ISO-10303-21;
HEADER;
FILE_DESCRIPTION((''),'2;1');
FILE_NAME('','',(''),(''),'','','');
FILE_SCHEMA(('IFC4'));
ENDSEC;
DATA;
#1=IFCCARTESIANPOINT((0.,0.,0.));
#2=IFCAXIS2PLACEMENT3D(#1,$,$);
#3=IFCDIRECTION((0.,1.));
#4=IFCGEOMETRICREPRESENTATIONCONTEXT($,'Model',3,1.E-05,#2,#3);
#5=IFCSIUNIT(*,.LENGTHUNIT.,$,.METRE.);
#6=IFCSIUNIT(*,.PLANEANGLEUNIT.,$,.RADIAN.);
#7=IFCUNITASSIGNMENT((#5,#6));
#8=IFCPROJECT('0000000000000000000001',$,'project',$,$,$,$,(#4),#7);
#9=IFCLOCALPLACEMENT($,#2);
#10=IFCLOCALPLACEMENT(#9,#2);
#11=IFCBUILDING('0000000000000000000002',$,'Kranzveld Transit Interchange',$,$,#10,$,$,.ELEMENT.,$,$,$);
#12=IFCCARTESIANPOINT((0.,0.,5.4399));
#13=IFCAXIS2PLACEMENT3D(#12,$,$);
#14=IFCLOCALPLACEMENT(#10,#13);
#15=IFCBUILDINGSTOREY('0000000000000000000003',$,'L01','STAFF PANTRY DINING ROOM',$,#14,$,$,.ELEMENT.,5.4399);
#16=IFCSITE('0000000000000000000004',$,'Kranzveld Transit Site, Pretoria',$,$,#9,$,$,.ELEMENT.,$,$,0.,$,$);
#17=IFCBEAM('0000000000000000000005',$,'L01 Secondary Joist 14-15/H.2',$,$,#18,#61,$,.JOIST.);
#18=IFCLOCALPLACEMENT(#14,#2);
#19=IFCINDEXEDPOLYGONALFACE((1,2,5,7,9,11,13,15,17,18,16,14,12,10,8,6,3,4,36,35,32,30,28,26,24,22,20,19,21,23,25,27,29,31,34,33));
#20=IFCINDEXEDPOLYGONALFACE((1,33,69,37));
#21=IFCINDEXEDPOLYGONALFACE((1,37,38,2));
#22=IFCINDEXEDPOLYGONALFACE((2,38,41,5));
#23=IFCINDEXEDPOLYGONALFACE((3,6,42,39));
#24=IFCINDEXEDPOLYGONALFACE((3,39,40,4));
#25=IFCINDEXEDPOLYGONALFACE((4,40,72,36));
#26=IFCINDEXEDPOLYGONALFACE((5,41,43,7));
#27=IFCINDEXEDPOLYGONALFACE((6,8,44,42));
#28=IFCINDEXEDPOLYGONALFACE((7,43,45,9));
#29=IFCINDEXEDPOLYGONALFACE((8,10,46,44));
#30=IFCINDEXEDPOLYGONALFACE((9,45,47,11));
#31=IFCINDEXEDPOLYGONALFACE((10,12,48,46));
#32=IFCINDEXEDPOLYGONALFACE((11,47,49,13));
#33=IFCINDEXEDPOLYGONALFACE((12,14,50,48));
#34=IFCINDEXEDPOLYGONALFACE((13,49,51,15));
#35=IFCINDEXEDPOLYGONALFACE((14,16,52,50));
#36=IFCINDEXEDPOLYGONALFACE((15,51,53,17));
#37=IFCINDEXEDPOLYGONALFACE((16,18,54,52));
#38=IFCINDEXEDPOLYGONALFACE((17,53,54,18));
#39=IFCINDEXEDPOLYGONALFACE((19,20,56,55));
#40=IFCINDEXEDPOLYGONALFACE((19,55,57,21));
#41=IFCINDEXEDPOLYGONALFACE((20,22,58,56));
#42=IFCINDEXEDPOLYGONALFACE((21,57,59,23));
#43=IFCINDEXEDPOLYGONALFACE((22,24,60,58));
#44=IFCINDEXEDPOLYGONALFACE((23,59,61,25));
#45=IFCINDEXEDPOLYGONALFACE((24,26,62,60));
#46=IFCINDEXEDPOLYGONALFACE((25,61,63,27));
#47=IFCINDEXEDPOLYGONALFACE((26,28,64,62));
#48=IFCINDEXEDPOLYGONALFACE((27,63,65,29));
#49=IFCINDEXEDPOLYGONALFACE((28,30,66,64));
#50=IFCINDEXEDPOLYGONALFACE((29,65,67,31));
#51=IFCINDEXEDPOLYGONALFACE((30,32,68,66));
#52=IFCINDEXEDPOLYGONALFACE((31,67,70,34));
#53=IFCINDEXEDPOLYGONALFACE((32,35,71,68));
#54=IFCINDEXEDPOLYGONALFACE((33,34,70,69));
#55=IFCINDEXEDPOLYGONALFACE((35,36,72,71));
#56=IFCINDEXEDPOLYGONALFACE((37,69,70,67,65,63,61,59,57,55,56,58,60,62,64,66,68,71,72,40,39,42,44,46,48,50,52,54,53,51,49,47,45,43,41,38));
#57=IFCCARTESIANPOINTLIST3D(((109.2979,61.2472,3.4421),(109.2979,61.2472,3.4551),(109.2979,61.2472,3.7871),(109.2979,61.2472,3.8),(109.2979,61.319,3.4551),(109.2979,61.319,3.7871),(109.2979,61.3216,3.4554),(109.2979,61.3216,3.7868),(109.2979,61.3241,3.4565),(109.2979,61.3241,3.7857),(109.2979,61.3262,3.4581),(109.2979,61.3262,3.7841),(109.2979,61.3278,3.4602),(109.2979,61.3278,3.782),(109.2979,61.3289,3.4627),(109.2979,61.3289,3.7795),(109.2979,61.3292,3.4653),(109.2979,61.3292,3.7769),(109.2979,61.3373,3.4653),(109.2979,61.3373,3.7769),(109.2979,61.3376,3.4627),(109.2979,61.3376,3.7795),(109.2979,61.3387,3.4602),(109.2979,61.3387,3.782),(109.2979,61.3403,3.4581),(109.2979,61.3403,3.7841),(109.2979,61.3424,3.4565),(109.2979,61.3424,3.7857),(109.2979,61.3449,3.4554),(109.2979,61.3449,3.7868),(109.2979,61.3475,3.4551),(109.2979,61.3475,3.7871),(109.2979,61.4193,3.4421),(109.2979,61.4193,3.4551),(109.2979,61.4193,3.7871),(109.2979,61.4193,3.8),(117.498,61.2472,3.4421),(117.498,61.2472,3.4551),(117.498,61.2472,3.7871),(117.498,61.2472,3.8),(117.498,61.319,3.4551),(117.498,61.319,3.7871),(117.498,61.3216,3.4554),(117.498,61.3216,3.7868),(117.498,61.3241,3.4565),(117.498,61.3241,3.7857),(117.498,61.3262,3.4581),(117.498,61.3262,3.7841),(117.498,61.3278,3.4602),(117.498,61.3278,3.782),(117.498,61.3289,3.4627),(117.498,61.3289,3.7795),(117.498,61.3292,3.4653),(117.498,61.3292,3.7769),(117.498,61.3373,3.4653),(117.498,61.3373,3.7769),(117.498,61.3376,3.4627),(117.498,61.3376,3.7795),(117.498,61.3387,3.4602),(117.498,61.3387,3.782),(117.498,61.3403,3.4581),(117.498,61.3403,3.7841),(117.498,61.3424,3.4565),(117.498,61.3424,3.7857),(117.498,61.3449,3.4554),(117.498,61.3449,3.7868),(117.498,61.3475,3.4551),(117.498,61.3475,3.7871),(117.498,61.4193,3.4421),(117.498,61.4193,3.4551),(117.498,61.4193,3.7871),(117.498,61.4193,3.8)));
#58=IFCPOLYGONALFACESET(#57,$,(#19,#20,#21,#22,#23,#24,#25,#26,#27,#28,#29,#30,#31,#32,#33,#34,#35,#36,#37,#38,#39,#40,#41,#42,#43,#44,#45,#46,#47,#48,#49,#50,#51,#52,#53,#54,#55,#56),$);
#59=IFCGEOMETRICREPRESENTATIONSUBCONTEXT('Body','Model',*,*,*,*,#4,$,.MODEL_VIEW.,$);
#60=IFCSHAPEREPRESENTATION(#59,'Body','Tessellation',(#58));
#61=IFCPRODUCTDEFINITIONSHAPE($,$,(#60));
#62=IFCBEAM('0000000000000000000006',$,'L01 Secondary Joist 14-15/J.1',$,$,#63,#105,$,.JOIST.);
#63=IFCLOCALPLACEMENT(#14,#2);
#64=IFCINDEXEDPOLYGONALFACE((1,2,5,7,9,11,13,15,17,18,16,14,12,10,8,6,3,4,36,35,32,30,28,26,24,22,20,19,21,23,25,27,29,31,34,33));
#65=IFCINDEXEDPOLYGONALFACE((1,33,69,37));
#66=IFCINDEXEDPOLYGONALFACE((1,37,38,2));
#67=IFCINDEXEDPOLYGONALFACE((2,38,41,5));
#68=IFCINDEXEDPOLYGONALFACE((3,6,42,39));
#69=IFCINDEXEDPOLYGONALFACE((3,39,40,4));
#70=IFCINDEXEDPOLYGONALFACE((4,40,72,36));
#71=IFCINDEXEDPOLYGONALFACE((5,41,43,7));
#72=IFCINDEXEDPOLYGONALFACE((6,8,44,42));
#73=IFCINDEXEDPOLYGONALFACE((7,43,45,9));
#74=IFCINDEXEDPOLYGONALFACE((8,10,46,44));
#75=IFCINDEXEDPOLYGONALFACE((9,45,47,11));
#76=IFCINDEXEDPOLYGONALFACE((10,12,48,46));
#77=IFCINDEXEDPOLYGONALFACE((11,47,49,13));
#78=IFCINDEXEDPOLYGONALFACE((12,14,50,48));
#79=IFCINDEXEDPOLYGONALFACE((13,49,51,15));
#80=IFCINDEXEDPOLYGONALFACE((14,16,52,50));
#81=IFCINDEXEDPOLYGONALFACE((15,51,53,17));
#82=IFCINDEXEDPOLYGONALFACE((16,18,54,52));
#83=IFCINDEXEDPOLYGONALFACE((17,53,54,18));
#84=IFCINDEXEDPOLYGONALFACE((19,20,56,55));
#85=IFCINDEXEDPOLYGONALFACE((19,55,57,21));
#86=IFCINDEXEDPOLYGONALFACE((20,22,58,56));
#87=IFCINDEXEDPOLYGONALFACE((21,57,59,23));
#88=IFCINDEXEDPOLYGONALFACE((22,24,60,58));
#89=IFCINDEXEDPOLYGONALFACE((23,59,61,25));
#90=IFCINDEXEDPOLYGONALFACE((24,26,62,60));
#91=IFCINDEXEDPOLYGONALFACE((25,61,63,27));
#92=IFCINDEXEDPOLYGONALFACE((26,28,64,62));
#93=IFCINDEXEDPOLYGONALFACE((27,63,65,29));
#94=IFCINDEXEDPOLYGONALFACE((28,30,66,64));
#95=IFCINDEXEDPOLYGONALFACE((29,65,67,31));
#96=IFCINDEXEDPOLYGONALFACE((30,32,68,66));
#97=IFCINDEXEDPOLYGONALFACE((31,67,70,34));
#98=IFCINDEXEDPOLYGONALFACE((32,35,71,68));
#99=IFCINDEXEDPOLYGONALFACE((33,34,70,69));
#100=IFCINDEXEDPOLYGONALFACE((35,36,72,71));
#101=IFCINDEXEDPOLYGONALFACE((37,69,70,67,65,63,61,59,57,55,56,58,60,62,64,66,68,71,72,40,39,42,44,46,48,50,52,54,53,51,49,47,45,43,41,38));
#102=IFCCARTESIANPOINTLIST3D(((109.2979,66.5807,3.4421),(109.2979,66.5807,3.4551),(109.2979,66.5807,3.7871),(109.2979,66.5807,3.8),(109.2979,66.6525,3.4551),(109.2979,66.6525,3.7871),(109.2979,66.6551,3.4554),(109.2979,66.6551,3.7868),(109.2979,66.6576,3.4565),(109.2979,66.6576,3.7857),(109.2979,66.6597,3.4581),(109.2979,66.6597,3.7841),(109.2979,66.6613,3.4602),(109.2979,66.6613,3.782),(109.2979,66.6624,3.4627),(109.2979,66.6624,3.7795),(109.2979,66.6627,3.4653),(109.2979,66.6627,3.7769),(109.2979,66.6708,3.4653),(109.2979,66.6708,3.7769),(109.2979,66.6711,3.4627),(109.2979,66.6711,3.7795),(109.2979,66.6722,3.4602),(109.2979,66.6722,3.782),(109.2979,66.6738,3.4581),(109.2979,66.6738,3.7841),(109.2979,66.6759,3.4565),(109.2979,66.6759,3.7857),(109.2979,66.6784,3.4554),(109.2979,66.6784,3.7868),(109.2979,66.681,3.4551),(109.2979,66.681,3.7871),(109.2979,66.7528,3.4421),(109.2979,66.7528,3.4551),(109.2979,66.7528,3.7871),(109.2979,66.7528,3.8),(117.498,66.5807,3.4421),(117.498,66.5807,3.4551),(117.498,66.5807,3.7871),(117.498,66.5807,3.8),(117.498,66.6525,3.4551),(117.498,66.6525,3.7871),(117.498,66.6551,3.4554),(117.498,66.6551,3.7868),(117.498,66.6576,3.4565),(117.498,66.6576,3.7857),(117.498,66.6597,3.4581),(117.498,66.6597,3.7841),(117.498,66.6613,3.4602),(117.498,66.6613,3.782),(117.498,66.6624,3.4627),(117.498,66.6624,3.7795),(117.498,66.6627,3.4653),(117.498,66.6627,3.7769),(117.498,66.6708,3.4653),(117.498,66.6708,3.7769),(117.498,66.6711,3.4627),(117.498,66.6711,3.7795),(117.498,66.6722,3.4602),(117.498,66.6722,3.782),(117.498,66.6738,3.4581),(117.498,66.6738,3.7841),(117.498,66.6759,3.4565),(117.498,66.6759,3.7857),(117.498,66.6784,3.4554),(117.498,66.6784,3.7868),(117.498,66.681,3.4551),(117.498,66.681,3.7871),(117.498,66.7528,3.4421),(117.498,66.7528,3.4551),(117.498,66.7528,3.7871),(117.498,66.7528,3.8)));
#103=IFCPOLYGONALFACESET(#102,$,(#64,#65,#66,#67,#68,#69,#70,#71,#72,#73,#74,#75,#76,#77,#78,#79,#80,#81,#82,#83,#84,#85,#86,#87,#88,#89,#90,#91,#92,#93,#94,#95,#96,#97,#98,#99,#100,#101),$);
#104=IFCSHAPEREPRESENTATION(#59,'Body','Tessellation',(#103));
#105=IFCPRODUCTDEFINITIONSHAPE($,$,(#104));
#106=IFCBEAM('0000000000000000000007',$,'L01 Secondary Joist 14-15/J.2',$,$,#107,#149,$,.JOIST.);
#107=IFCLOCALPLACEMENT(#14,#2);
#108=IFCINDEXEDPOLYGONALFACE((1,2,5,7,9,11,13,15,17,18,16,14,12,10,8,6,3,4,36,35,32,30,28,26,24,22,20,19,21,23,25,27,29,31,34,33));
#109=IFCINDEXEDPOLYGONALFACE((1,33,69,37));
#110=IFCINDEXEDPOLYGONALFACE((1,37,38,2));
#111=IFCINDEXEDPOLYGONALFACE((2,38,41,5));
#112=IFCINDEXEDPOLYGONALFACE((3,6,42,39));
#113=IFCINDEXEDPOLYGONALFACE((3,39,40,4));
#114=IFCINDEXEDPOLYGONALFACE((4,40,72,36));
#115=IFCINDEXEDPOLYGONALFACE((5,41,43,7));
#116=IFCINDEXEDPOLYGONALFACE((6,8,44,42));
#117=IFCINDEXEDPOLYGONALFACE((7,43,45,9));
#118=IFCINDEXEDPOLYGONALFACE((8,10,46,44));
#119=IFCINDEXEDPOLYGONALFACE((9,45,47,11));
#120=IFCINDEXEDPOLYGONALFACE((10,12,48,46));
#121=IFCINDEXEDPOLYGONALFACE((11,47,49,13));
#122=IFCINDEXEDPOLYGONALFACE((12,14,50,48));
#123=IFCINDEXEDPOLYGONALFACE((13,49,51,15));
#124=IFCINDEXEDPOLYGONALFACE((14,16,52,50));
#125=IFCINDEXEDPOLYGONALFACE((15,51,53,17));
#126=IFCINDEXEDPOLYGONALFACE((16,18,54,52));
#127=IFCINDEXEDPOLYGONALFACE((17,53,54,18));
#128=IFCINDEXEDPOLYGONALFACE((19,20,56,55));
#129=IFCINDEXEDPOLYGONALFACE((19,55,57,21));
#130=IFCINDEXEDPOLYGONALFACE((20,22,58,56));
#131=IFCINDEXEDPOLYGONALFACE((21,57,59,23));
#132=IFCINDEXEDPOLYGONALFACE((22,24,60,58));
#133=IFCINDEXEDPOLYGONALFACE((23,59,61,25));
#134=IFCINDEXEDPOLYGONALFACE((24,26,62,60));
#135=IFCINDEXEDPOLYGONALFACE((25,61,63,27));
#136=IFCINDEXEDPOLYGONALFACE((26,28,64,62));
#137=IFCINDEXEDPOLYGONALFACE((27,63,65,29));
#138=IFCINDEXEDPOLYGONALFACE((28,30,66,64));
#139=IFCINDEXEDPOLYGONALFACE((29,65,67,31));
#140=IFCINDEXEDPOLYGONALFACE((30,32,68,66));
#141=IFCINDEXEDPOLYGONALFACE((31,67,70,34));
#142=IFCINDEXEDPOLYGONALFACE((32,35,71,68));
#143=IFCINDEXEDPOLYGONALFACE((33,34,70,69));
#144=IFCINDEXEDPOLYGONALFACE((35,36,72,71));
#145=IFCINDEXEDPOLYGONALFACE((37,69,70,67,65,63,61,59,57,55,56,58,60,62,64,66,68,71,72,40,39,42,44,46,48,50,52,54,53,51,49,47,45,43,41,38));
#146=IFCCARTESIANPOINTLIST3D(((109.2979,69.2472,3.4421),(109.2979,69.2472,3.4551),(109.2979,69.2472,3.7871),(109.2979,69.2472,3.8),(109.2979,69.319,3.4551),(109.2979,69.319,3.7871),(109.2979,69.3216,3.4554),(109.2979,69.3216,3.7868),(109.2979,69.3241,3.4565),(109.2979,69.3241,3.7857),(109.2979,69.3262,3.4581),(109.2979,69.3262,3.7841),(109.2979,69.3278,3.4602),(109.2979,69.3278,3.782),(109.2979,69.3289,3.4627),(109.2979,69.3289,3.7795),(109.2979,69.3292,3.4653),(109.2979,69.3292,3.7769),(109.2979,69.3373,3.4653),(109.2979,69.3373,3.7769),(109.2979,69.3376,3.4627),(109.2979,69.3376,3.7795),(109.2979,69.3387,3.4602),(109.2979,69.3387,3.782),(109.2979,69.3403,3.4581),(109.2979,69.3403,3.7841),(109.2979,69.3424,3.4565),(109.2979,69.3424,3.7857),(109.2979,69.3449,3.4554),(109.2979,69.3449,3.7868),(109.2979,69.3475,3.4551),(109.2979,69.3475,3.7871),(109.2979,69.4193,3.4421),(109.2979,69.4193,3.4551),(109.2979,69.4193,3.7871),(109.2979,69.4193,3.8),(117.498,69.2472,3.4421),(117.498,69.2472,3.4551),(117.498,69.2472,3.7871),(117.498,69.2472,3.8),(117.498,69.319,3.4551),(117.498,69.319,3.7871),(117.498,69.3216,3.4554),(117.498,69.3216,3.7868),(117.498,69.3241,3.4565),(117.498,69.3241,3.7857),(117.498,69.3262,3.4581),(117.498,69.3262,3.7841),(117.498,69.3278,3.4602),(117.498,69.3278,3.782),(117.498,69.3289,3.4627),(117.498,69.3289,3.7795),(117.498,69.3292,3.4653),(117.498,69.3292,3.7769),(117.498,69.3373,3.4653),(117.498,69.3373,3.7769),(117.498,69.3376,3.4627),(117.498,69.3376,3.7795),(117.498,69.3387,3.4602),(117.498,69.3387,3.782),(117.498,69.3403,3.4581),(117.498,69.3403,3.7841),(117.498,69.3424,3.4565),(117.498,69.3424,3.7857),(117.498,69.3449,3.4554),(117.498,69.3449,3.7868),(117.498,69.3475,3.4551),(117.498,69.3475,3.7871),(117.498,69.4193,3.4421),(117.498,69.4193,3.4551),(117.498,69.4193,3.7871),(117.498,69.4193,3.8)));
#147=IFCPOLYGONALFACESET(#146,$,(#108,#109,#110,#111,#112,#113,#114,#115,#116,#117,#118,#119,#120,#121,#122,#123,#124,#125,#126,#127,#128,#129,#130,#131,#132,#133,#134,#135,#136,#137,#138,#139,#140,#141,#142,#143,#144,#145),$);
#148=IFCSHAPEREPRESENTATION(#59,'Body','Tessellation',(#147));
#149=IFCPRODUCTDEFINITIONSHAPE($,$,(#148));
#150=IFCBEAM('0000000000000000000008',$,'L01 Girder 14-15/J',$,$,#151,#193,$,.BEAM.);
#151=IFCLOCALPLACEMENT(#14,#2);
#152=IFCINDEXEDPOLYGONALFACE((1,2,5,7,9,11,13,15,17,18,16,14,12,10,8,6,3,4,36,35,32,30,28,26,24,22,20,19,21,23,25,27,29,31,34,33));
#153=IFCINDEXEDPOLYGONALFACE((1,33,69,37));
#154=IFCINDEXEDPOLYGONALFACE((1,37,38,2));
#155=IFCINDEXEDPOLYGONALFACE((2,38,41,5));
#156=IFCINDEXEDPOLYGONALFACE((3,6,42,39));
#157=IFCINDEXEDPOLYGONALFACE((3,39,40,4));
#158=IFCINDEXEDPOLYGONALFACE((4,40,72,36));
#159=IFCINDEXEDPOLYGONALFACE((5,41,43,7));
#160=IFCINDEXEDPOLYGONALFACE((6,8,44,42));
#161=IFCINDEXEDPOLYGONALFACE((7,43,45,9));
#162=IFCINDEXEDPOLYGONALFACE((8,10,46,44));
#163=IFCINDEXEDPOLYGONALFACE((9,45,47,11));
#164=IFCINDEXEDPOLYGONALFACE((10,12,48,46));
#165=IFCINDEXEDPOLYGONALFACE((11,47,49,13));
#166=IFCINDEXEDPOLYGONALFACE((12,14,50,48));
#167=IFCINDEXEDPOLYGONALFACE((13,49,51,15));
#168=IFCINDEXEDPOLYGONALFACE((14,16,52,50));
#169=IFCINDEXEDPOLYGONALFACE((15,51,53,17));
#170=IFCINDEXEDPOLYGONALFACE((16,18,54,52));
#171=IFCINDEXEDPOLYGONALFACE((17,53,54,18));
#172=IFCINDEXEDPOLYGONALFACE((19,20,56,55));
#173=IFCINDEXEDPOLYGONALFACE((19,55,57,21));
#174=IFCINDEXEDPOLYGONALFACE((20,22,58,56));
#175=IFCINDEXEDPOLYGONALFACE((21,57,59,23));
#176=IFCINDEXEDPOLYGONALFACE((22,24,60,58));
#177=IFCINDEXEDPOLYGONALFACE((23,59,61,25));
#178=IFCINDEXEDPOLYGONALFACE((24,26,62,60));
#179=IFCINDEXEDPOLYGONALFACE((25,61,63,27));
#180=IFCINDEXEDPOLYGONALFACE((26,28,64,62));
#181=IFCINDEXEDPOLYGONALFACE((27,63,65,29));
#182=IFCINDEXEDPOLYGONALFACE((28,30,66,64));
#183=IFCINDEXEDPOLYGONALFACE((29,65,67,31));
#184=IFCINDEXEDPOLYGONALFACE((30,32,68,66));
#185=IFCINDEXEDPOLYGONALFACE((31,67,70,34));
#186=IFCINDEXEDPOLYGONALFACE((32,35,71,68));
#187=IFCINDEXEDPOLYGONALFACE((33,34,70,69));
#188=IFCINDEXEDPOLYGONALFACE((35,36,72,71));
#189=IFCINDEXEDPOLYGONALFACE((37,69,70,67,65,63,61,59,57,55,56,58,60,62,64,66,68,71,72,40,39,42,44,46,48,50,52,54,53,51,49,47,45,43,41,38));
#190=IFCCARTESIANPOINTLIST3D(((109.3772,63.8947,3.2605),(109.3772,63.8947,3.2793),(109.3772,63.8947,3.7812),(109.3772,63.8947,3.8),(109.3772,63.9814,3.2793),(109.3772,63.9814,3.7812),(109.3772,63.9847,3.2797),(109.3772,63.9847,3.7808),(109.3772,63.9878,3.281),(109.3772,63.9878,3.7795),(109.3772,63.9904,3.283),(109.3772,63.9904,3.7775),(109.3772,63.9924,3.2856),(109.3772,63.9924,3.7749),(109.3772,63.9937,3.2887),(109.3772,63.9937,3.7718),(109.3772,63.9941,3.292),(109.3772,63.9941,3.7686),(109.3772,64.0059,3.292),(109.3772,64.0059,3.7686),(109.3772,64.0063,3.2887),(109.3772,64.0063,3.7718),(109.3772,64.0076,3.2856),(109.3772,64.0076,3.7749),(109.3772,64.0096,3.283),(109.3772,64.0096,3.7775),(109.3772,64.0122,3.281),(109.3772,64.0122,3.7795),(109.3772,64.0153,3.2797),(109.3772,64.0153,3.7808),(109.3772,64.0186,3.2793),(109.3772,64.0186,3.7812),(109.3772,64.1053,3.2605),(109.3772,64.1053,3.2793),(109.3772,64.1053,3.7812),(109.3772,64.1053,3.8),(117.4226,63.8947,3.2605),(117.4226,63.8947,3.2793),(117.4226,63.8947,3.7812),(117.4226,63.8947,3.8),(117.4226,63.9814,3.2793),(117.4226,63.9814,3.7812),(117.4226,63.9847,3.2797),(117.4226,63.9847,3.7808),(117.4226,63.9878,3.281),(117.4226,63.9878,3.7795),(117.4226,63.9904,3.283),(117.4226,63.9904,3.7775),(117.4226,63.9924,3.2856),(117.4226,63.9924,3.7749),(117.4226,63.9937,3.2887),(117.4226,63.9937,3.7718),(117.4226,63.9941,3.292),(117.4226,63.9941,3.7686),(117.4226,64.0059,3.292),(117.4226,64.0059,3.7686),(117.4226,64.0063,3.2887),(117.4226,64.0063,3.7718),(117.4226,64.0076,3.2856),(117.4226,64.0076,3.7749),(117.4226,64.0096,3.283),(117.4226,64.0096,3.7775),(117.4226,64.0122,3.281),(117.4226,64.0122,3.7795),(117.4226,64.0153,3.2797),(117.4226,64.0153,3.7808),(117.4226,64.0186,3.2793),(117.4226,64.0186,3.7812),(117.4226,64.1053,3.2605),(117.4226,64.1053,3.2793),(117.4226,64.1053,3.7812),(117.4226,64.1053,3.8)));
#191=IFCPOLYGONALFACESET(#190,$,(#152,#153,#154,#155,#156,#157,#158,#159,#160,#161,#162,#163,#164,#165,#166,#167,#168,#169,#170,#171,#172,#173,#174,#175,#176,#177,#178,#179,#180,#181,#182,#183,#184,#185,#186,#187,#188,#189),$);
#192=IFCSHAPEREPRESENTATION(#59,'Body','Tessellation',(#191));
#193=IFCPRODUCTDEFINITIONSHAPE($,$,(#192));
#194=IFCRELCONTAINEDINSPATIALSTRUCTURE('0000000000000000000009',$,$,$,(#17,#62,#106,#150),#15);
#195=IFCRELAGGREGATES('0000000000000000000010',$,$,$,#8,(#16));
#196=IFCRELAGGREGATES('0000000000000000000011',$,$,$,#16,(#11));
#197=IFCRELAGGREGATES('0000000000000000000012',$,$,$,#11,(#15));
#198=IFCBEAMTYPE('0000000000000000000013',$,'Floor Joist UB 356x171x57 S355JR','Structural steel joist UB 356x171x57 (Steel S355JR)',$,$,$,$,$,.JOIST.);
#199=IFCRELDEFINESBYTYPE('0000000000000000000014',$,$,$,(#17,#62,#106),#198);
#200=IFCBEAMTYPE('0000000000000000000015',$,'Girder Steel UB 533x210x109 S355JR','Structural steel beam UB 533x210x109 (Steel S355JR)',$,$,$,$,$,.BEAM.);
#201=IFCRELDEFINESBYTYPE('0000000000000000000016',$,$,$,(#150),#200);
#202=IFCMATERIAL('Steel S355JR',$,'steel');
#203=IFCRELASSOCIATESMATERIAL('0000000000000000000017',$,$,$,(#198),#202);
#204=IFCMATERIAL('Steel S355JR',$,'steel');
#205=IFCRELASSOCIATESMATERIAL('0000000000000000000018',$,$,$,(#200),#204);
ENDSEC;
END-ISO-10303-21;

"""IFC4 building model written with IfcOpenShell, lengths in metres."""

from ifc_helpers import new_model, si_unit, direction, frame, origin, origin_2d, place, context, subcontext, project, spatial, i_section, extrude, material, material_profile, profile_set, type_object, element, save


model = new_model("IFC4")

# Units and contexts
model_context = context("Model", 3, precision=1e-05, world=origin(), true_north=direction((0.0, 1.0)))
body_context = subcontext(model_context, "Body", "Model", "MODEL_VIEW")
ifc_project = project(units=[si_unit("LENGTHUNIT", "METRE"), si_unit("PLANEANGLEUNIT", "RADIAN")], contexts=[model_context])

# Site, building, storey
site_placement = place(None, origin())
site = spatial("IfcSite", under=ifc_project, at=site_placement, Name="Kranzveld Transit Site, Pretoria", CompositionType="ELEMENT", RefElevation=0.0)
building_placement = place(site_placement, origin())
building = spatial("IfcBuilding", under=site, at=building_placement, Name="Kranzveld Transit Interchange", CompositionType="ELEMENT")
storey_placement = place(building_placement, frame((0.0, 0.0, 5.4399)))
storey = spatial("IfcBuildingStorey", under=building, at=storey_placement, Name="L01", Description="STAFF PANTRY DINING ROOM", CompositionType="ELEMENT", Elevation=5.4399)

# Beams
ifc_material_1 = material(Name="Steel S355JR", Category="steel")
ifc_material_profile_1 = material_profile(ifc_material_1, i_section(OverallWidth=0.1721, OverallDepth=0.3579, WebThickness=0.0081, FlangeThickness=0.0129, FilletRadius=0.0103, at=origin_2d()), Name="UB 356x171x57")
ifc_profile_set_1 = profile_set([ifc_material_profile_1], Name="Steel S355JR")
beam_type_1 = type_object("IfcBeamType", Name="Floor Joist UB 356x171x57 S355JR", Description="Structural steel joist UB 356x171x57 (Steel S355JR)", PredefinedType="JOIST", material=ifc_profile_set_1)
for number, where, z_axis, x_axis, name in (
    (1, (109.2979, 61.3333, 3.6211), (1.0, 0.0, 0.0), (0.0, 1.0, 0.0), "L01 Secondary Joist 14-15/H.2"),
    (2, (109.2979, 66.6667, 3.6211), (1.0, 0.0, 0.0), (0.0, 1.0, 0.0), "L01 Secondary Joist 14-15/J.1"),
    (3, (109.2979, 69.3333, 3.6211), (1.0, 0.0, 0.0), (0.0, 1.0, 0.0), "L01 Secondary Joist 14-15/J.2"),
):
    element("IfcBeam", number, at=place(storey_placement, frame(where, z_axis=z_axis, x_axis=x_axis)), inside=storey, type_object=beam_type_1, Name=name, PredefinedType="JOIST", context=body_context, shape_type="SweptSolid", body=[
        extrude(i_section(OverallWidth=0.1721, OverallDepth=0.3579, WebThickness=0.0081, FlangeThickness=0.0129, FilletRadius=0.0103, at=origin_2d()), origin(), (0.0, 0.0, 1.0), 8.2002),
    ])
ifc_material_2 = material(Name="Steel S355JR", Category="steel")
ifc_material_profile_2 = material_profile(ifc_material_2, i_section(OverallWidth=0.2107, OverallDepth=0.5396, WebThickness=0.0117, FlangeThickness=0.0188, FilletRadius=0.0127, at=origin_2d()), Name="UB 533x210x109")
ifc_profile_set_2 = profile_set([ifc_material_profile_2], Name="Steel S355JR")
beam_type_2 = type_object("IfcBeamType", Name="Girder Steel UB 533x210x109 S355JR", Description="Structural steel beam UB 533x210x109 (Steel S355JR)", PredefinedType="BEAM", material=ifc_profile_set_2)
beam_1_placement = place(storey_placement, frame((109.3772, 64.0, 3.5303), z_axis=(1.0, 0.0, 0.0), x_axis=(0.0, 1.0, 0.0)))
element("IfcBeam", 4, at=beam_1_placement, inside=storey, type_object=beam_type_2, Name="L01 Girder 14-15/J", PredefinedType="BEAM", context=body_context, shape_type="SweptSolid", body=[
    extrude(i_section(OverallWidth=0.2107, OverallDepth=0.5396, WebThickness=0.0117, FlangeThickness=0.0188, FilletRadius=0.0127, at=origin_2d()), origin(), (0.0, 0.0, 1.0), 8.0454),
])

save(model, "model.ifc")
